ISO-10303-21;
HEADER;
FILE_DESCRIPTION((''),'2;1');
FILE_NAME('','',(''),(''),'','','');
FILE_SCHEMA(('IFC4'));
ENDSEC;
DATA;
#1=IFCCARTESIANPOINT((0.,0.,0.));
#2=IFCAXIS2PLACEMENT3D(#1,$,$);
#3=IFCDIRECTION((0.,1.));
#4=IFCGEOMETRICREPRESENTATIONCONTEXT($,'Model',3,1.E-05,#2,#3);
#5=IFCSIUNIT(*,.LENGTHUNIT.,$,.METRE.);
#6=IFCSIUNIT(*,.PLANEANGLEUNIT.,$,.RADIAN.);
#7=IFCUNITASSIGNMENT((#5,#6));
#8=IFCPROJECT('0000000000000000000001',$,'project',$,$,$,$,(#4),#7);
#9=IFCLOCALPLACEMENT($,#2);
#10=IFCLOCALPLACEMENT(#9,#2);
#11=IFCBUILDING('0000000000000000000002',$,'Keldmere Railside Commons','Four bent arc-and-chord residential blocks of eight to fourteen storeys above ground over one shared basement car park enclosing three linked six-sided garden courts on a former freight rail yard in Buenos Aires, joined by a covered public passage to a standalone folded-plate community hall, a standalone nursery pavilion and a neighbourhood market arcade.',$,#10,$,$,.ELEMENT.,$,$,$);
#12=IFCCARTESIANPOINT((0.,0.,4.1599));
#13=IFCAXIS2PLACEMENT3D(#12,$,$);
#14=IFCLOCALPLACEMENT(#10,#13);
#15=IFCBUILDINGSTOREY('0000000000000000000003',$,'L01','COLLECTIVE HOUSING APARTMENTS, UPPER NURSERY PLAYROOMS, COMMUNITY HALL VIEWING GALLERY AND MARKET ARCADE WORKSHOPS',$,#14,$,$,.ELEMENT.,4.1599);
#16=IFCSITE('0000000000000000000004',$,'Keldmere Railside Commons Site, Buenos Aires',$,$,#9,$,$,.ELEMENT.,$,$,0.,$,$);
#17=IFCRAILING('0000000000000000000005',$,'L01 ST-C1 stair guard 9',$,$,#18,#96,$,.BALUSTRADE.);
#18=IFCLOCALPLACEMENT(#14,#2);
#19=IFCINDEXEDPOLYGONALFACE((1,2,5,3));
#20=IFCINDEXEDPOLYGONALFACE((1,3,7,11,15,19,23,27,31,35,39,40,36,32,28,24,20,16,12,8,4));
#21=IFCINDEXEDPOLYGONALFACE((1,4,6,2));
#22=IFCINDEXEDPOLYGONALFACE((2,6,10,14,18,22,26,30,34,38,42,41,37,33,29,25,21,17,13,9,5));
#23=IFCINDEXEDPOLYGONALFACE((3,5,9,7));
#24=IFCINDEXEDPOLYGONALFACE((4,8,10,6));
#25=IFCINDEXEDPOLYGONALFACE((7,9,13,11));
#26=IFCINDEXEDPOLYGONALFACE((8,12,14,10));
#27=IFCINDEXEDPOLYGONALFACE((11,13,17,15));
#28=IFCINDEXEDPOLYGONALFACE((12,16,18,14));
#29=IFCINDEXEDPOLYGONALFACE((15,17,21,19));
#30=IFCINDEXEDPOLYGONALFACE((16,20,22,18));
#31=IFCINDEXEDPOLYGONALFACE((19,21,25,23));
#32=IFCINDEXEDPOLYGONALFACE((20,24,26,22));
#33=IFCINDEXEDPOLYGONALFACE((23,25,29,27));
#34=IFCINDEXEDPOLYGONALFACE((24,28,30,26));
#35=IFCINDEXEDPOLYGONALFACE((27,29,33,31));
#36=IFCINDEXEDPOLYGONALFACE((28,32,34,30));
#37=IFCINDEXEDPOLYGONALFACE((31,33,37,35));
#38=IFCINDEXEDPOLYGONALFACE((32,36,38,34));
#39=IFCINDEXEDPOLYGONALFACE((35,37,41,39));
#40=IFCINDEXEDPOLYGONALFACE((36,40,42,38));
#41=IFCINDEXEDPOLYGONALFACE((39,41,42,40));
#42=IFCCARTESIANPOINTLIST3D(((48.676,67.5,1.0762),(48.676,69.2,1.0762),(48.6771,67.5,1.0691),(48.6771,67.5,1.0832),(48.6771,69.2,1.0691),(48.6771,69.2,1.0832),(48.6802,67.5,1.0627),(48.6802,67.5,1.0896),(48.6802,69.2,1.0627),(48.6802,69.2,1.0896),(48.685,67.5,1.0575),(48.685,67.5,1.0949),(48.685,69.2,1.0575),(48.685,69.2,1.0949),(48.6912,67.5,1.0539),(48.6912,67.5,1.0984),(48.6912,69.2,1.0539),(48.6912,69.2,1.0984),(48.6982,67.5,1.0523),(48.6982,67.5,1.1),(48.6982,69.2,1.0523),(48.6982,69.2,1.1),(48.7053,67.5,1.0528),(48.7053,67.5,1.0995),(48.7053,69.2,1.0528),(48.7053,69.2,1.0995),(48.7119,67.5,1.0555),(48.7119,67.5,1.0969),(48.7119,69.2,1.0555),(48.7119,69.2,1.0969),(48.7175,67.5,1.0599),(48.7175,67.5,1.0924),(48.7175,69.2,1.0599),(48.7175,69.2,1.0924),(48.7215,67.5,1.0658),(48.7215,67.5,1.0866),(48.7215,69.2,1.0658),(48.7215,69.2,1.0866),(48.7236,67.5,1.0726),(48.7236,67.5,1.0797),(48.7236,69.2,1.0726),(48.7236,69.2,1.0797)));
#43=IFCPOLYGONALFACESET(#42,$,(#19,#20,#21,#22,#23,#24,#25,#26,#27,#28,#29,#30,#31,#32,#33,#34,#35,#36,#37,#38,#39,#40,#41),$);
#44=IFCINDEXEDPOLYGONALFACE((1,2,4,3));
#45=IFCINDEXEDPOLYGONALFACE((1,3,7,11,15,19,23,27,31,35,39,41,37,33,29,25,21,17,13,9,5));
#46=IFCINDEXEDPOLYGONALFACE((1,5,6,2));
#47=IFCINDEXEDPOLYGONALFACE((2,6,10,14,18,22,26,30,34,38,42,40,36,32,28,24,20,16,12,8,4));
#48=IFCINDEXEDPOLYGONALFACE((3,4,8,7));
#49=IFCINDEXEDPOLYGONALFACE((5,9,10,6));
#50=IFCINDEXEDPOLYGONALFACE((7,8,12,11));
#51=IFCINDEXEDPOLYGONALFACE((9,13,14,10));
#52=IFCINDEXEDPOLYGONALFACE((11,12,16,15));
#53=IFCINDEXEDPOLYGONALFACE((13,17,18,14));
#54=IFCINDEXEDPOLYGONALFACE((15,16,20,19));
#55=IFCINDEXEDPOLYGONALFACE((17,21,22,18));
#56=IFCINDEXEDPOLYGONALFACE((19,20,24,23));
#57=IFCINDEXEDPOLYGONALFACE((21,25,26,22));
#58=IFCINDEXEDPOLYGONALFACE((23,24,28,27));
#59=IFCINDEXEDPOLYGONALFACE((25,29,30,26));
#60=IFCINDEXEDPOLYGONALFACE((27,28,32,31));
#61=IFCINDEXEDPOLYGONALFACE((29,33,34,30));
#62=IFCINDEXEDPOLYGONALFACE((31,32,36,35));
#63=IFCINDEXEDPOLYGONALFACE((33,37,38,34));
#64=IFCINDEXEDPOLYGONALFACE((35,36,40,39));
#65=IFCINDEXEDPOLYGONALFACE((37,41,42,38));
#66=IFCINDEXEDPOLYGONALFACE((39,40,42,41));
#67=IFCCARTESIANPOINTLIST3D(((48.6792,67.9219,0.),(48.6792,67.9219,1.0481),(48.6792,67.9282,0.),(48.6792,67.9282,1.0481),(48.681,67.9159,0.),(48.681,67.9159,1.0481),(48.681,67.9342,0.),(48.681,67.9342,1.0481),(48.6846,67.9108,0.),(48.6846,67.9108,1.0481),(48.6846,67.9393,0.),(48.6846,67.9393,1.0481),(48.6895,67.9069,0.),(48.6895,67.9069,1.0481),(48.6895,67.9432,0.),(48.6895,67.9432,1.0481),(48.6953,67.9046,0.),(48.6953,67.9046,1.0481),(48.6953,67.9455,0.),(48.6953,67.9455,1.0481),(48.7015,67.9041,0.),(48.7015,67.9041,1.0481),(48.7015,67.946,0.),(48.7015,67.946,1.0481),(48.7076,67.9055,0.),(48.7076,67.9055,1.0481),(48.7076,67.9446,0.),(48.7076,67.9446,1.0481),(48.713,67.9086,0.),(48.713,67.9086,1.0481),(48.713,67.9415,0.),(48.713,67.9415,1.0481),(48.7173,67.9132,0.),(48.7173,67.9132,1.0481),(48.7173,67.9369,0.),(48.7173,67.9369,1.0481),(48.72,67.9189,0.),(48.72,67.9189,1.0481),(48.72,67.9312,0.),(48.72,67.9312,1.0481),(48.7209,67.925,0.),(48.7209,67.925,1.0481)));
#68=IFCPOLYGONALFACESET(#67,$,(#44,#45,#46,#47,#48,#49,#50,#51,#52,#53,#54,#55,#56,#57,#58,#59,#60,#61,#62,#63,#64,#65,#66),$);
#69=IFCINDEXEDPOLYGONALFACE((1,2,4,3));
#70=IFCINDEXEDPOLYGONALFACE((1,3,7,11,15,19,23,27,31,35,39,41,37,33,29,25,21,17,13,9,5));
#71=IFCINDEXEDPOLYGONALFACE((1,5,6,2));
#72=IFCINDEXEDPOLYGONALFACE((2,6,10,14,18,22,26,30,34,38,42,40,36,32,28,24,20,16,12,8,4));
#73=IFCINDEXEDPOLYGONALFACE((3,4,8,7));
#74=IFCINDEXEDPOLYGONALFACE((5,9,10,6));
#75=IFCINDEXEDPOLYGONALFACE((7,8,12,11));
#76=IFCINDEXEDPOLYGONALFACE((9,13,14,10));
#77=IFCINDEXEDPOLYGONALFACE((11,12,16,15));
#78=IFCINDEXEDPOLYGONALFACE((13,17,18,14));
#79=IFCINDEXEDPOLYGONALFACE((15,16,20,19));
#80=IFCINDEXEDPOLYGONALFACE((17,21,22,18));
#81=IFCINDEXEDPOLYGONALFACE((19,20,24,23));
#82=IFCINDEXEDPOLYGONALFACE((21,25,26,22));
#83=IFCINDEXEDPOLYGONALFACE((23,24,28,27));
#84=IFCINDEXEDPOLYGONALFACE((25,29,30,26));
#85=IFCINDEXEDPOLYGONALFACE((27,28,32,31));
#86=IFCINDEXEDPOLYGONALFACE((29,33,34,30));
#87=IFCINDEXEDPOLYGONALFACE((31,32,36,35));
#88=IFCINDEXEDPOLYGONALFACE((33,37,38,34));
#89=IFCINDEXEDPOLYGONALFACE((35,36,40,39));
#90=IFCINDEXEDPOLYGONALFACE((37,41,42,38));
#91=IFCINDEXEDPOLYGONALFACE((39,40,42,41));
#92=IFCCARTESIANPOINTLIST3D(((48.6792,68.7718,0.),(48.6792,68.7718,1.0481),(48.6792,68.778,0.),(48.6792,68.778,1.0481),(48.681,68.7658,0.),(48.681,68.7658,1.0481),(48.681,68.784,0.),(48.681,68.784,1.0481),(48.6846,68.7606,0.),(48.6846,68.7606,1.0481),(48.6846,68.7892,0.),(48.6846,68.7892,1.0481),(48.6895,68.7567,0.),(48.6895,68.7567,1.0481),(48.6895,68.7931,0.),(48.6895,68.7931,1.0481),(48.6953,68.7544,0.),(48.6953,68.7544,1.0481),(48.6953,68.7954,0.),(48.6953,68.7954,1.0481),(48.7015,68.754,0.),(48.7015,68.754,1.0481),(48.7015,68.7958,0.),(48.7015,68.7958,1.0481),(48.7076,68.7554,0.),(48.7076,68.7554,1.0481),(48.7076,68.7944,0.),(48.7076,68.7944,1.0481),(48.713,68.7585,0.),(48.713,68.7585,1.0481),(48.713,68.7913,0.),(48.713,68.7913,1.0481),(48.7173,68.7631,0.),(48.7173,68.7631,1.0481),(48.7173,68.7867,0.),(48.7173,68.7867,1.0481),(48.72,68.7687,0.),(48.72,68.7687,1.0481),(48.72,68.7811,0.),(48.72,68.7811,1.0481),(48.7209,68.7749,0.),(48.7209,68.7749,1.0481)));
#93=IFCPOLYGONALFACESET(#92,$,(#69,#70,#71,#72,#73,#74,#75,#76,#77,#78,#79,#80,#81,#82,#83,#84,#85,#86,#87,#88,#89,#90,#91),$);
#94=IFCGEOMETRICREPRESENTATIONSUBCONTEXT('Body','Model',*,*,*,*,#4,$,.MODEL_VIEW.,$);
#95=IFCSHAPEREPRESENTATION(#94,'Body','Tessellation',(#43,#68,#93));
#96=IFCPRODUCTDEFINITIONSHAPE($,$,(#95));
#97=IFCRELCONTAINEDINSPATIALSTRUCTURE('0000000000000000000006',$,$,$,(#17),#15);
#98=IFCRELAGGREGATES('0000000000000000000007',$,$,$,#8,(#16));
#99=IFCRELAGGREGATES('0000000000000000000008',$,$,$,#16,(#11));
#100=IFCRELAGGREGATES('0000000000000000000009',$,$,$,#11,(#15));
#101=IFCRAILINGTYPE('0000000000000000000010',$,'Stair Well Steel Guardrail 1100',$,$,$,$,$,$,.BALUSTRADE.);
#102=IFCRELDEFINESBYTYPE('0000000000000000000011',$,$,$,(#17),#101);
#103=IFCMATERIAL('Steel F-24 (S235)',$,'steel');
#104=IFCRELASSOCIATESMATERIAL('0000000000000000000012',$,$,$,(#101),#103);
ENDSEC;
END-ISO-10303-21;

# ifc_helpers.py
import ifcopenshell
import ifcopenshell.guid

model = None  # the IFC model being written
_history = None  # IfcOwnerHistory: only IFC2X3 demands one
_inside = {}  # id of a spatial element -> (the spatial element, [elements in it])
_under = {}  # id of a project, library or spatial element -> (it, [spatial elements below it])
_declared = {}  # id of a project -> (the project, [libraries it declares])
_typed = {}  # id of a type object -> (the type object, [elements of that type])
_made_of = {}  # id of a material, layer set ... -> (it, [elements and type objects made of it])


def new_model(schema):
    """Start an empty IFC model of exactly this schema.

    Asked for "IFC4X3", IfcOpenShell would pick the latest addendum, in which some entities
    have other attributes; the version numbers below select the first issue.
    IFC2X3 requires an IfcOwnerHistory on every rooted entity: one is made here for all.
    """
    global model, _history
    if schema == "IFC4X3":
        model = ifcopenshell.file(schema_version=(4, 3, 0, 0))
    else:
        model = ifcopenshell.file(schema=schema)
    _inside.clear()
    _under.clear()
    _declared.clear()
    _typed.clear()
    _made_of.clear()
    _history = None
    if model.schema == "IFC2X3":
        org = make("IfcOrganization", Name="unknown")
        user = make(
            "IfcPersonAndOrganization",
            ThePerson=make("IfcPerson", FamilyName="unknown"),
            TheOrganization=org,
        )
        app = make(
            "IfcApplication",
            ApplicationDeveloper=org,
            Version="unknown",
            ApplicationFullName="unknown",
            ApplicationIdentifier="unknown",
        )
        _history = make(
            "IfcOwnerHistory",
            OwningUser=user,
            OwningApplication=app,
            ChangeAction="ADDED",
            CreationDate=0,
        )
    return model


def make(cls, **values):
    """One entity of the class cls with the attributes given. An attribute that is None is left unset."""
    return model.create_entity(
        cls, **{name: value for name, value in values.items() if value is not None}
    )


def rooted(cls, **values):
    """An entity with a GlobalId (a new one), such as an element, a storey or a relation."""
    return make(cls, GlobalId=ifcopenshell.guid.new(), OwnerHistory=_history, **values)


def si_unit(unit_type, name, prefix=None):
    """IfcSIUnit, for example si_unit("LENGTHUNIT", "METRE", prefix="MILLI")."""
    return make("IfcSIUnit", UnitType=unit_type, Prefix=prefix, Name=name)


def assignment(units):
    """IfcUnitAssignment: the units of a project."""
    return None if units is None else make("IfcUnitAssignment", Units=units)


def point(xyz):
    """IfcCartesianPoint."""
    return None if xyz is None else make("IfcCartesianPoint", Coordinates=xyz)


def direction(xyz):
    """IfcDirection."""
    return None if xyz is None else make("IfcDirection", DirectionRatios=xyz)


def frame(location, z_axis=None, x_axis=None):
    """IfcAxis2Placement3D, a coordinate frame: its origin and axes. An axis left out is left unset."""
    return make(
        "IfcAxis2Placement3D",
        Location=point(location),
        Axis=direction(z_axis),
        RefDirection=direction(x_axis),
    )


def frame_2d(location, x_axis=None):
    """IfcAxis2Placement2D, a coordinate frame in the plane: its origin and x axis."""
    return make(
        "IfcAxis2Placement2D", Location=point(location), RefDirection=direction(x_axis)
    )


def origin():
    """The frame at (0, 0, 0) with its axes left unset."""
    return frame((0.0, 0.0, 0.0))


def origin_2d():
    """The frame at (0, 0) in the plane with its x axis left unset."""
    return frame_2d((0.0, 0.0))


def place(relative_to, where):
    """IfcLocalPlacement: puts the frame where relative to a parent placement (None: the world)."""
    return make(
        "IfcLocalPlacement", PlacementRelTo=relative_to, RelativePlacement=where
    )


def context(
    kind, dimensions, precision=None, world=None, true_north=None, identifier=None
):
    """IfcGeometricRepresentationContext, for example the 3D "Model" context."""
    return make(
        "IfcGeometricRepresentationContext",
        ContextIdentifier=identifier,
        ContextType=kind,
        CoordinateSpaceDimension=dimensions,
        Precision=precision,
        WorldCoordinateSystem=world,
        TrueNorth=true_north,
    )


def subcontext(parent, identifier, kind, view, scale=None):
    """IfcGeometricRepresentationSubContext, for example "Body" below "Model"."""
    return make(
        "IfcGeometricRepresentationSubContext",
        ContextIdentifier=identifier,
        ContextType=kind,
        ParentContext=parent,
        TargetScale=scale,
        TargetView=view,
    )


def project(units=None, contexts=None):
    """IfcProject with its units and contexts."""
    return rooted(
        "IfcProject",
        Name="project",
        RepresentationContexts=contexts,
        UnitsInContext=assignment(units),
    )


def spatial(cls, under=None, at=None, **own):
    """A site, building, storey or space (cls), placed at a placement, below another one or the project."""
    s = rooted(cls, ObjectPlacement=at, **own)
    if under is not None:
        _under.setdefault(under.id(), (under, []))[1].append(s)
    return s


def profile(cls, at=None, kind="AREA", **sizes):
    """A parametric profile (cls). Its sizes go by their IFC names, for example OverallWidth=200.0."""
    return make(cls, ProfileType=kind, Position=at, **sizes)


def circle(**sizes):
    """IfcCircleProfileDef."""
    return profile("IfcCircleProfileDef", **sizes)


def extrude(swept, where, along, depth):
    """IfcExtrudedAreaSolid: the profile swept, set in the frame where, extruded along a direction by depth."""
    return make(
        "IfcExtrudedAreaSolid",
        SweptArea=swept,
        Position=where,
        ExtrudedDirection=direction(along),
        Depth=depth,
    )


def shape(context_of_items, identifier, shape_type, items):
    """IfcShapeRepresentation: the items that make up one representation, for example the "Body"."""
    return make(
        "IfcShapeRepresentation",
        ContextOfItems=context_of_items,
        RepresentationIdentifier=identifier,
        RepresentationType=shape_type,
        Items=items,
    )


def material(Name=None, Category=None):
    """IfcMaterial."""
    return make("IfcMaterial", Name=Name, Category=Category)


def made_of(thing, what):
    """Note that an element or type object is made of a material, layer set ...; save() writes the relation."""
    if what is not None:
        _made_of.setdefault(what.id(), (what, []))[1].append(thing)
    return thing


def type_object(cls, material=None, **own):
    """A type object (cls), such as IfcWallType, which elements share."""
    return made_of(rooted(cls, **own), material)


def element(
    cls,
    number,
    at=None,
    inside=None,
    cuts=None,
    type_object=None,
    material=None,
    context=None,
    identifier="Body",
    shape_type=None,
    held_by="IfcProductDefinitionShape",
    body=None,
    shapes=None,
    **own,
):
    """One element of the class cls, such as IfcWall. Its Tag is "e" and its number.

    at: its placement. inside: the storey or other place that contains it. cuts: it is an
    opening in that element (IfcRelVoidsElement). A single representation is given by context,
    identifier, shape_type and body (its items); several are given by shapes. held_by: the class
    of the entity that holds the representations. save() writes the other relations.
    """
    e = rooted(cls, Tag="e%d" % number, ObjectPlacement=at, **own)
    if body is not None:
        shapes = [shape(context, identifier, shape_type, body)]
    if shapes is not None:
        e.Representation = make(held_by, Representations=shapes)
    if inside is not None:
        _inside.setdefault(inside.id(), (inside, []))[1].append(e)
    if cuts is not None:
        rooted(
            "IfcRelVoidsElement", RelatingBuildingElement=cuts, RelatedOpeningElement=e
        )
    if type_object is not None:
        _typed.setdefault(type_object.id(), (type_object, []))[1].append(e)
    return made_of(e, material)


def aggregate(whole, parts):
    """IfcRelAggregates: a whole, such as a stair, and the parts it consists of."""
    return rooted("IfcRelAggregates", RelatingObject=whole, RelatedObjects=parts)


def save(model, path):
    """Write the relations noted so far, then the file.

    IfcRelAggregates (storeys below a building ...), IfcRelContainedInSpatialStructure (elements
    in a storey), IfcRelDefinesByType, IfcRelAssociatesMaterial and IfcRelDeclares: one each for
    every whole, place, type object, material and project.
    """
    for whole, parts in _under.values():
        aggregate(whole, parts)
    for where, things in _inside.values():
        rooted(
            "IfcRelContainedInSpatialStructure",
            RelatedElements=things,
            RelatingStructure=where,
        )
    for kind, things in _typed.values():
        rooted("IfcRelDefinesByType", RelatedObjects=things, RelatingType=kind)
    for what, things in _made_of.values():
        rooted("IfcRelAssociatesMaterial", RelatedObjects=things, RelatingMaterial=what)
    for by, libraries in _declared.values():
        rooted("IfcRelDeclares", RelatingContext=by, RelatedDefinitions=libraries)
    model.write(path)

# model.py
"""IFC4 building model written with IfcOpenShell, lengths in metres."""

from ifc_helpers import new_model, si_unit, direction, frame, origin, origin_2d, place, context, subcontext, project, spatial, circle, extrude, material, type_object, element, save


model = new_model("IFC4")

# Units and contexts
model_context = context("Model", 3, precision=1e-05, world=origin(), true_north=direction((0.0, 1.0)))
body_context = subcontext(model_context, "Body", "Model", "MODEL_VIEW")
ifc_project = project(units=[si_unit("LENGTHUNIT", "METRE"), si_unit("PLANEANGLEUNIT", "RADIAN")], contexts=[model_context])

# Site, building, storey
site_placement = place(None, origin())
site = spatial("IfcSite", under=ifc_project, at=site_placement, Name="Keldmere Railside Commons Site, Buenos Aires", CompositionType="ELEMENT", RefElevation=0.0)
building_placement = place(site_placement, origin())
building = spatial("IfcBuilding", under=site, at=building_placement, Name="Keldmere Railside Commons", Description="Four bent arc-and-chord residential blocks of eight to fourteen storeys above ground over one shared basement car park enclosing three linked six-sided garden courts on a former freight rail yard in Buenos Aires, joined by a covered public passage to a standalone folded-plate community hall, a standalone nursery pavilion and a neighbourhood market arcade.", CompositionType="ELEMENT")
storey_placement = place(building_placement, frame((0.0, 0.0, 4.1599)))
storey = spatial("IfcBuildingStorey", under=building, at=storey_placement, Name="L01", Description="COLLECTIVE HOUSING APARTMENTS, UPPER NURSERY PLAYROOMS, COMMUNITY HALL VIEWING GALLERY AND MARKET ARCADE WORKSHOPS", CompositionType="ELEMENT", Elevation=4.1599)

# Railing
ifc_material_1 = material(Name="Steel F-24 (S235)", Category="steel")
railing_type_1 = type_object("IfcRailingType", Name="Stair Well Steel Guardrail 1100", PredefinedType="BALUSTRADE", material=ifc_material_1)
railing_1_placement = place(storey_placement, frame((48.7, 67.5, 0.0)))
element("IfcRailing", 1, at=railing_1_placement, inside=storey, type_object=railing_type_1, Name="L01 ST-C1 stair guard 9", PredefinedType="BALUSTRADE", context=body_context, shape_type="SweptSolid", body=[
    extrude(circle(Radius=0.0239, at=origin_2d()), frame((0.0, 0.0, 1.0762), z_axis=(0.0, 1.0, 0.0), x_axis=(-1.0, 0.0, 0.0)), (0.0, 0.0, 1.0), 1.7),
    extrude(circle(Radius=0.021, at=origin_2d()), frame((0.0, 0.425, 0.0)), (0.0, 0.0, 1.0), 1.0481),
    extrude(circle(Radius=0.021, at=origin_2d()), frame((0.0, 1.2749, 0.0)), (0.0, 0.0, 1.0), 1.0481),
])

save(model, "model.ifc")
